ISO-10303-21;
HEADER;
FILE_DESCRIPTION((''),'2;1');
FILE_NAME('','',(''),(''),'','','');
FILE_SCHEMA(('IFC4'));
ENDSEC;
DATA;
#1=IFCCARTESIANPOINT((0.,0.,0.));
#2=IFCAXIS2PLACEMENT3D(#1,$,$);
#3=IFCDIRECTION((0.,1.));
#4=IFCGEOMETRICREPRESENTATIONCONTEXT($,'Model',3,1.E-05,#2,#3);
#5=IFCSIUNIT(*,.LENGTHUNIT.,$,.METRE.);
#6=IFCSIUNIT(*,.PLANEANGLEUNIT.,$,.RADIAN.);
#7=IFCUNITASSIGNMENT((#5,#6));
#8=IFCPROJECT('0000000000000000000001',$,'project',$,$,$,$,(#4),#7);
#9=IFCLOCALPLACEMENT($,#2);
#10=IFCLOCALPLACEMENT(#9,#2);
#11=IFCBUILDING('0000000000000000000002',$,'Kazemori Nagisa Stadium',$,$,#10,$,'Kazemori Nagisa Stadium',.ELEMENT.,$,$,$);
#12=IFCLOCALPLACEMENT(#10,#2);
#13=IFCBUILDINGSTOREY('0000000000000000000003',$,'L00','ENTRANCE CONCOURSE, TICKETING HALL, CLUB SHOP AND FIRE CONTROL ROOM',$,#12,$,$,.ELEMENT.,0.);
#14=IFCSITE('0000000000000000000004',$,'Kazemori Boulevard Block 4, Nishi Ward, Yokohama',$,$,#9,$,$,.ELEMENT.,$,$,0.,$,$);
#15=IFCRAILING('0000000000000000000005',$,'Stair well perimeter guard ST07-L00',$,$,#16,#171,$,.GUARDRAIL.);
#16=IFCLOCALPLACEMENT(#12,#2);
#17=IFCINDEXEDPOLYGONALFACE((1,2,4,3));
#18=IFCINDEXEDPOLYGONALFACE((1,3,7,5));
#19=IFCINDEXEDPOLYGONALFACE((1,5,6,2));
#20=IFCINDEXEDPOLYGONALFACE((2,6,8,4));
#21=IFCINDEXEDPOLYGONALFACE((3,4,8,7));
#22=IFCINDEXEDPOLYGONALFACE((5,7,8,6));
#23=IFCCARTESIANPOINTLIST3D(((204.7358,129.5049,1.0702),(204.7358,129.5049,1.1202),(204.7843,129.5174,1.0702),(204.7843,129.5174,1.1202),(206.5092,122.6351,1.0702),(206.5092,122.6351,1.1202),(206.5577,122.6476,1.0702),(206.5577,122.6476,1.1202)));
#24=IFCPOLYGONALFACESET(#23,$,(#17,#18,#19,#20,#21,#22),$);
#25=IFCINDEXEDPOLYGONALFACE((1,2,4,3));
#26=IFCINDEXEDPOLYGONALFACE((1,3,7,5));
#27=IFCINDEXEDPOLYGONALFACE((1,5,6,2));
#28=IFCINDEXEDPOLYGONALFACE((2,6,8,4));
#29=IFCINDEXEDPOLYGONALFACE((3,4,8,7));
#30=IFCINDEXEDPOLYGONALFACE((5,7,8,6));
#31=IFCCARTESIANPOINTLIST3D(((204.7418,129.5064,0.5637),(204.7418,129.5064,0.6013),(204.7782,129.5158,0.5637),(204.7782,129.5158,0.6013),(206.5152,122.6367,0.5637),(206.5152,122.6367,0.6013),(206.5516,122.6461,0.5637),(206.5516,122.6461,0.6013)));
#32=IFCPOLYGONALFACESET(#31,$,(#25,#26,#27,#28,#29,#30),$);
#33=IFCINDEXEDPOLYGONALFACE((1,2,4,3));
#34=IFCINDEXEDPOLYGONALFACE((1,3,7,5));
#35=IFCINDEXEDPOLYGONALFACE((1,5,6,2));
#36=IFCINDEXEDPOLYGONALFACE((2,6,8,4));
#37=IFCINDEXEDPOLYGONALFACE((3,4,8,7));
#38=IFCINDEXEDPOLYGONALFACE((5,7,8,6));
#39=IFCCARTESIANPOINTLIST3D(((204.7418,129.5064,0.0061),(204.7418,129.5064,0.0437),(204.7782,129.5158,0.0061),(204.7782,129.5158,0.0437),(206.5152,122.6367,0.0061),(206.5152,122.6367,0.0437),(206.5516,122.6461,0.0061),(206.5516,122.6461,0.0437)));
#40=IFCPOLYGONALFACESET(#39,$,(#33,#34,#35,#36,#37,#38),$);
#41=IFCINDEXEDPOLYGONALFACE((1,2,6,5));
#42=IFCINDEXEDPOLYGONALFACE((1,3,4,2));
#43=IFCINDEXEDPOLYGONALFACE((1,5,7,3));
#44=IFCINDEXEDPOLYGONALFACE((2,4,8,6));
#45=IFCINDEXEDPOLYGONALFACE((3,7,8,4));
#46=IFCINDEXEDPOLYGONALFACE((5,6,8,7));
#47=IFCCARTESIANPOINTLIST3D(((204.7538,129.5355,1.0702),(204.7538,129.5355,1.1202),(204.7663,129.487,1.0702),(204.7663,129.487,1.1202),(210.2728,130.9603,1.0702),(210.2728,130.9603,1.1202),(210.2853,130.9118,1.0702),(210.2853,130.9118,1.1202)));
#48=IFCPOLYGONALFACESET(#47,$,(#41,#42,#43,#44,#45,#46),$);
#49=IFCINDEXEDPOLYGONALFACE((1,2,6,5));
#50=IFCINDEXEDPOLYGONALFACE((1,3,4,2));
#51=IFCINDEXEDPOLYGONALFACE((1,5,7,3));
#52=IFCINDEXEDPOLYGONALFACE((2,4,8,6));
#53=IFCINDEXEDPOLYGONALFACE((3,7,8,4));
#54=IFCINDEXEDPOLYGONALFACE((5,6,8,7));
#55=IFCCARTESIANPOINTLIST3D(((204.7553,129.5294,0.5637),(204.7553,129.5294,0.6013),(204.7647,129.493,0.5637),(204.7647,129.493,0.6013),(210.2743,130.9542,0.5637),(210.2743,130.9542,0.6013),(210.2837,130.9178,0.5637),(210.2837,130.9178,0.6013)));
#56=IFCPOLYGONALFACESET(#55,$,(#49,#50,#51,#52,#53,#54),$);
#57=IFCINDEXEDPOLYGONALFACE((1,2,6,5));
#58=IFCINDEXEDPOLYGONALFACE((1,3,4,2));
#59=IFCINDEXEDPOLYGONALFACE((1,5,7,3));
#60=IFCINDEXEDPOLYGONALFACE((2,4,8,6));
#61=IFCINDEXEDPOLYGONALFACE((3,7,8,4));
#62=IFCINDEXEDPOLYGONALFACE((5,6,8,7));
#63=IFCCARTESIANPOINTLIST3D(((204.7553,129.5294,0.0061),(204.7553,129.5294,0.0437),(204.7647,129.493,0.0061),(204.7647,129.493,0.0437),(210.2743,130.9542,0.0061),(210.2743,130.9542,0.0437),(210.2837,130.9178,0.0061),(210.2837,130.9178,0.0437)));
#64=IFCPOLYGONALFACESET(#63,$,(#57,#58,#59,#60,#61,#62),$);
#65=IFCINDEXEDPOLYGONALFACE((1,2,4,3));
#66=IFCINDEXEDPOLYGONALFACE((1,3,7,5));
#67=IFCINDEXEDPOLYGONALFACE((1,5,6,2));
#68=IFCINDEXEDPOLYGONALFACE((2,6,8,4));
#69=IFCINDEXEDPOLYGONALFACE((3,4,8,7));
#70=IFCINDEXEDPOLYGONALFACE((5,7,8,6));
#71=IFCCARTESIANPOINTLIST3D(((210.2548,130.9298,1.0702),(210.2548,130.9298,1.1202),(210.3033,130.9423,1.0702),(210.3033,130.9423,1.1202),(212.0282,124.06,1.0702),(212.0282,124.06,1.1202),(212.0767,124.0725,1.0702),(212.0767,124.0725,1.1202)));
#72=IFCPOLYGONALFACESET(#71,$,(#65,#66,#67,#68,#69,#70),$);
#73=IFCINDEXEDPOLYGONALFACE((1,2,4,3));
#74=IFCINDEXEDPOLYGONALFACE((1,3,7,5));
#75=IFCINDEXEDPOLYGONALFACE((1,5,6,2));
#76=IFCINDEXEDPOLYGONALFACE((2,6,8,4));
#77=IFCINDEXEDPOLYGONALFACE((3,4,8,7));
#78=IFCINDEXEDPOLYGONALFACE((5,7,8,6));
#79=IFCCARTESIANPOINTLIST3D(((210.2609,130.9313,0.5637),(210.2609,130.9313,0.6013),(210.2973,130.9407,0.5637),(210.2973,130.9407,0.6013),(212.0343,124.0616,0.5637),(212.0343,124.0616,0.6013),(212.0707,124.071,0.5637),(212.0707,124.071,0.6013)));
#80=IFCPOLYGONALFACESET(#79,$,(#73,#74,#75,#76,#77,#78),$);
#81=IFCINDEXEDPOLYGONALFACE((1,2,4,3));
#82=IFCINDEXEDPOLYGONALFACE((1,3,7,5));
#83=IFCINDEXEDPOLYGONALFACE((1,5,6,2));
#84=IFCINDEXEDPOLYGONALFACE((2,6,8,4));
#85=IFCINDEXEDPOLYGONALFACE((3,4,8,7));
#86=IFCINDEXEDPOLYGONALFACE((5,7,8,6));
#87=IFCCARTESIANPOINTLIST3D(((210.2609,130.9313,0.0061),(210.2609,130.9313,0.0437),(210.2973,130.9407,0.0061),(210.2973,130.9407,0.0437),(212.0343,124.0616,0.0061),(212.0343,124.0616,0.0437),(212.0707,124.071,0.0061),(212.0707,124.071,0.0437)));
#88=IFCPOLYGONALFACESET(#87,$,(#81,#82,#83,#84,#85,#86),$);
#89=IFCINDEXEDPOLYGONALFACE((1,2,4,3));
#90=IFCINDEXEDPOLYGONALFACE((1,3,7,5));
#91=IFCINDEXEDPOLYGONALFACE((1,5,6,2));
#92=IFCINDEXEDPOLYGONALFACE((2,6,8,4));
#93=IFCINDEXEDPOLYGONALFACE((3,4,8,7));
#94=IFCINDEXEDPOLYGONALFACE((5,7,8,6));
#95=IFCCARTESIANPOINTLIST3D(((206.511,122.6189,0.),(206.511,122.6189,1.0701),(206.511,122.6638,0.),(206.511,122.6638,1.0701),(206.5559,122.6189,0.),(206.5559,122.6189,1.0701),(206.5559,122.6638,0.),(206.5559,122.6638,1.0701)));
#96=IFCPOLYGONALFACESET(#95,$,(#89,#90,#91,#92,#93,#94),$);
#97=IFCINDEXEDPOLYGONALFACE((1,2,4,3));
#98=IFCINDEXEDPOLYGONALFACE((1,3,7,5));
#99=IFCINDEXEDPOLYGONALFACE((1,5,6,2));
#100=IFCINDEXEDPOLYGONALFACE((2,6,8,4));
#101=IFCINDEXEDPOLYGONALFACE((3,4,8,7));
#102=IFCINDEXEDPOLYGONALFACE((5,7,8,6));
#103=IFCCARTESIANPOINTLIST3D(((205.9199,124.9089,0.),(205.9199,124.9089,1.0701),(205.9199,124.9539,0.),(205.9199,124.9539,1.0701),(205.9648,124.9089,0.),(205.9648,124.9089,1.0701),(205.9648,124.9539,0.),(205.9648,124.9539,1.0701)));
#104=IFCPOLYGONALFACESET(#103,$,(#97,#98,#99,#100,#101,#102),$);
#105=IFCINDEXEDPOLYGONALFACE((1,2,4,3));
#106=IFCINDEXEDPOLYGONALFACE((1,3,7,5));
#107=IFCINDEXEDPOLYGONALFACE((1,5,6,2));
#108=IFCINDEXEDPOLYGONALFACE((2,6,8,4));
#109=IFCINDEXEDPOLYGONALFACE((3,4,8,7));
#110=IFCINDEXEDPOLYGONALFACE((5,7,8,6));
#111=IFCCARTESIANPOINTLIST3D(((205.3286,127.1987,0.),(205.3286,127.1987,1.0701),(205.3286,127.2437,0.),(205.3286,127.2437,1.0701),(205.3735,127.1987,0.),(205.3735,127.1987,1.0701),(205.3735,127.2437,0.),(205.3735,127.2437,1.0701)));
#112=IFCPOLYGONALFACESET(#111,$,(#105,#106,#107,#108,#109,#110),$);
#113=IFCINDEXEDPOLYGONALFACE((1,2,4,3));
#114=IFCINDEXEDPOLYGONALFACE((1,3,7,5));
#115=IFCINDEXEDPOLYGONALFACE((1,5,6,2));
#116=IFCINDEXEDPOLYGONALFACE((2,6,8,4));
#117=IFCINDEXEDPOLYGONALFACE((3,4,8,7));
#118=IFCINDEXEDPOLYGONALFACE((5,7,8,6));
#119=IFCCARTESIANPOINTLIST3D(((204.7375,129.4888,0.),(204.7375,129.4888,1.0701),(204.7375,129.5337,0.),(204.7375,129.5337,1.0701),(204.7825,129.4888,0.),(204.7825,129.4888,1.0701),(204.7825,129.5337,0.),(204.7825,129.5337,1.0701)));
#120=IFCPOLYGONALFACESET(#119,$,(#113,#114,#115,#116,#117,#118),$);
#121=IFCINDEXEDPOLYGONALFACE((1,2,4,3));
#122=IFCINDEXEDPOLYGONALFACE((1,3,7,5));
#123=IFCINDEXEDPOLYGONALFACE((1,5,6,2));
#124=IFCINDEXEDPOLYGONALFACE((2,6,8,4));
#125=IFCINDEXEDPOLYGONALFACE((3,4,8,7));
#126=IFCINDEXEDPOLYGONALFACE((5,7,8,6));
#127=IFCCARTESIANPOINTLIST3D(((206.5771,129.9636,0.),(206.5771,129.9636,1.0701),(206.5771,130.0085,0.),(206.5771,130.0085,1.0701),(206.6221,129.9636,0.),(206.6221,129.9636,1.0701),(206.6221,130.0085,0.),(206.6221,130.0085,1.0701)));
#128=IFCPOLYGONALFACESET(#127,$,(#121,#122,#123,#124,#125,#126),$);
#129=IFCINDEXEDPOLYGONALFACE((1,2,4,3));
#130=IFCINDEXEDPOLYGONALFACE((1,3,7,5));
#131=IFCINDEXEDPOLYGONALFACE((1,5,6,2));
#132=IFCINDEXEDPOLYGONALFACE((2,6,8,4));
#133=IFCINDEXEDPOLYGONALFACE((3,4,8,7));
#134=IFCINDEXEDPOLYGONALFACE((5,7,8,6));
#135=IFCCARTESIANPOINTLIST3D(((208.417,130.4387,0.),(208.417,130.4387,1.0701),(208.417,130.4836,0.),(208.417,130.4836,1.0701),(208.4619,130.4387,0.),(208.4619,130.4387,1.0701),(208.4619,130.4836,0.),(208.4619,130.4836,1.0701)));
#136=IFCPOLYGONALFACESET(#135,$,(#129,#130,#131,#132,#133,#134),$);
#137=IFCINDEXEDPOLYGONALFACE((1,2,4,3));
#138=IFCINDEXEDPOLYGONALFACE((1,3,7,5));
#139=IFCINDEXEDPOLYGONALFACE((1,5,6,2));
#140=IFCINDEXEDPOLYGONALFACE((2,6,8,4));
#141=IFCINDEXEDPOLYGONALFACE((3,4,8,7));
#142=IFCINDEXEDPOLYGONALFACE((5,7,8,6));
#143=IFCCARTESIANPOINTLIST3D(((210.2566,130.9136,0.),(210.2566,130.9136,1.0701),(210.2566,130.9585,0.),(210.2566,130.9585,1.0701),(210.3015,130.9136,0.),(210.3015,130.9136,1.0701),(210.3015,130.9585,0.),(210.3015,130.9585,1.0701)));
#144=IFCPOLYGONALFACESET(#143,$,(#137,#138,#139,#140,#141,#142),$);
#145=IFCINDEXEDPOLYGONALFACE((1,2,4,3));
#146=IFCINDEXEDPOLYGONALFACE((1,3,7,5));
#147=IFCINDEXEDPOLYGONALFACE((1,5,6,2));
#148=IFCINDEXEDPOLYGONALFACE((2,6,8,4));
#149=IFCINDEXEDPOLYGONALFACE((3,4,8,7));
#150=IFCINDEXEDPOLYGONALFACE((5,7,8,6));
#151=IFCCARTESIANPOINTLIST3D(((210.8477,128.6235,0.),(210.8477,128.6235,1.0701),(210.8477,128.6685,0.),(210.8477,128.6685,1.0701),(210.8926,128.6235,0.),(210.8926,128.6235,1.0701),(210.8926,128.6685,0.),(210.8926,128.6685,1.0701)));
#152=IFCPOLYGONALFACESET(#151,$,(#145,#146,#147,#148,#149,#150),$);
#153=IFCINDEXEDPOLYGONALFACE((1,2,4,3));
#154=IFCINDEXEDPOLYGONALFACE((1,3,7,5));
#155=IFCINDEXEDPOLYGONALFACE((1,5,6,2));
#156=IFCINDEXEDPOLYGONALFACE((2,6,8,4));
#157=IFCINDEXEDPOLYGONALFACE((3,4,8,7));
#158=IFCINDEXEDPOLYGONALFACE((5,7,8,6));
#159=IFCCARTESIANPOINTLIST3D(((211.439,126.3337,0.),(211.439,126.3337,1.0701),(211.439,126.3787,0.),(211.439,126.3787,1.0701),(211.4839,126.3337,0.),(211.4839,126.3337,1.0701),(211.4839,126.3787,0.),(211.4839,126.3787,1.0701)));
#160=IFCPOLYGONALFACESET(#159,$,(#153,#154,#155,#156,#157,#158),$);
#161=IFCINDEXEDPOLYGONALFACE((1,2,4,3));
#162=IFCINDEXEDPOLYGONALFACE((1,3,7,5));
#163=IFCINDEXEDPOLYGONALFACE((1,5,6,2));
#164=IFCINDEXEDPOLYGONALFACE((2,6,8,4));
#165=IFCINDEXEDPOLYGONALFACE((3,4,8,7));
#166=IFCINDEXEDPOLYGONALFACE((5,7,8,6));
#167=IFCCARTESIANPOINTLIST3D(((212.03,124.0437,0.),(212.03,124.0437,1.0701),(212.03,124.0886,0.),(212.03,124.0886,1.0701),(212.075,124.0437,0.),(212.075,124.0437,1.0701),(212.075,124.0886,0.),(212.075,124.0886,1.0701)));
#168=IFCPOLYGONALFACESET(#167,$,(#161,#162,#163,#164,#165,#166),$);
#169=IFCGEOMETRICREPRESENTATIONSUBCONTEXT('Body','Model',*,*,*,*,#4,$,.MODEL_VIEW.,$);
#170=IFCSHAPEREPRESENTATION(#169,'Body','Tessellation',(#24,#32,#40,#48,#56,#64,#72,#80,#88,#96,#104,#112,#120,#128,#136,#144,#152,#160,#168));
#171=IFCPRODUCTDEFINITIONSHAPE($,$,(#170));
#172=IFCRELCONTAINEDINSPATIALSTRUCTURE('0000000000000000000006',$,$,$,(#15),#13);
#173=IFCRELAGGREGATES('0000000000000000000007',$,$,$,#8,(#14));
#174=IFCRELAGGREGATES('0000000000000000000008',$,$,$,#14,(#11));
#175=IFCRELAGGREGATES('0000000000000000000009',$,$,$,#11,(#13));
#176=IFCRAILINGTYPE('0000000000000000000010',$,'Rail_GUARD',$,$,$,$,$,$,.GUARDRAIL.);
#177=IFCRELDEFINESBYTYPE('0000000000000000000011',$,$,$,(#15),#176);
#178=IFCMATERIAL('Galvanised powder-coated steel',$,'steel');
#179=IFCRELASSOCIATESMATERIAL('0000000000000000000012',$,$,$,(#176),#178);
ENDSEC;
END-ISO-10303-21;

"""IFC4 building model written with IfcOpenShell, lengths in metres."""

from ifc_helpers import new_model, si_unit, direction, frame, origin, origin_2d, place, context, subcontext, project, spatial, rectangle, extrude, material, type_object, element, save


model = new_model("IFC4")

# Units and contexts
model_context = context("Model", 3, precision=1e-05, world=origin(), true_north=direction((0.0, 1.0)))
body_context = subcontext(model_context, "Body", "Model", "MODEL_VIEW")
ifc_project = project(units=[si_unit("LENGTHUNIT", "METRE"), si_unit("PLANEANGLEUNIT", "RADIAN")], contexts=[model_context])

# Site, building, storey
site_placement = place(None, origin())
site = spatial("IfcSite", under=ifc_project, at=site_placement, Name="Kazemori Boulevard Block 4, Nishi Ward, Yokohama", CompositionType="ELEMENT", RefElevation=0.0)
building_placement = place(site_placement, origin())
building = spatial("IfcBuilding", under=site, at=building_placement, Name="Kazemori Nagisa Stadium", LongName="Kazemori Nagisa Stadium", CompositionType="ELEMENT")
storey_placement = place(building_placement, origin())
storey = spatial("IfcBuildingStorey", under=building, at=storey_placement, Name="L00", Description="ENTRANCE CONCOURSE, TICKETING HALL, CLUB SHOP AND FIRE CONTROL ROOM", CompositionType="ELEMENT", Elevation=0.0)

# Railing
ifc_material_1 = material(Name="Galvanised powder-coated steel", Category="steel")
railing_type_1 = type_object("IfcRailingType", Name="Rail_GUARD", PredefinedType="GUARDRAIL", material=ifc_material_1)
railing_1_placement = place(storey_placement, frame((206.5334, 122.6414, 0.0)))
element("IfcRailing", 1, at=railing_1_placement, inside=storey, type_object=railing_type_1, Name="Stair well perimeter guard ST07-L00", PredefinedType="GUARDRAIL", context=body_context, shape_type="SweptSolid", body=[
    extrude(rectangle(XDim=0.05, YDim=0.05, at=origin_2d()), frame((0.0, 0.0, 1.0952), z_axis=(-0.249953, 0.968258, 0.0), x_axis=(-0.968258, -0.249953, 0.0)), (0.0, 0.0, 1.0), 7.095),
    extrude(rectangle(XDim=0.0376, YDim=0.0376, at=origin_2d()), frame((0.0, 0.0, 0.5825), z_axis=(-0.249953, 0.968258, 0.0), x_axis=(-0.968258, -0.249953, 0.0)), (0.0, 0.0, 1.0), 7.095),
    extrude(rectangle(XDim=0.0376, YDim=0.0376, at=origin_2d()), frame((0.0, 0.0, 0.0249), z_axis=(-0.249953, 0.968258, 0.0), x_axis=(-0.968258, -0.249953, 0.0)), (0.0, 0.0, 1.0), 7.095),
    extrude(rectangle(XDim=0.05, YDim=0.05, at=origin_2d()), frame((-1.7734, 6.8699, 1.0952), z_axis=(0.968255, 0.249966, 0.0), x_axis=(-0.249966, 0.968255, 0.0)), (0.0, 0.0, 1.0), 5.7),
    extrude(rectangle(XDim=0.0376, YDim=0.0376, at=origin_2d()), frame((-1.7734, 6.8699, 0.5825), z_axis=(0.968255, 0.249966, 0.0), x_axis=(-0.249966, 0.968255, 0.0)), (0.0, 0.0, 1.0), 5.7),
    extrude(rectangle(XDim=0.0376, YDim=0.0376, at=origin_2d()), frame((-1.7734, 6.8699, 0.0249), z_axis=(0.968255, 0.249966, 0.0), x_axis=(-0.249966, 0.968255, 0.0)), (0.0, 0.0, 1.0), 5.7),
    extrude(rectangle(XDim=0.05, YDim=0.05, at=origin_2d()), frame((3.7456, 8.2947, 1.0952), z_axis=(0.249953, -0.968258, 0.0), x_axis=(0.968258, 0.249953, 0.0)), (0.0, 0.0, 1.0), 7.095),
    extrude(rectangle(XDim=0.0376, YDim=0.0376, at=origin_2d()), frame((3.7456, 8.2947, 0.5825), z_axis=(0.249953, -0.968258, 0.0), x_axis=(0.968258, 0.249953, 0.0)), (0.0, 0.0, 1.0), 7.095),
    extrude(rectangle(XDim=0.0376, YDim=0.0376, at=origin_2d()), frame((3.7456, 8.2947, 0.0249), z_axis=(0.249953, -0.968258, 0.0), x_axis=(0.968258, 0.249953, 0.0)), (0.0, 0.0, 1.0), 7.095),
    extrude(rectangle(XDim=0.0449, YDim=0.0449, at=origin_2d()), origin(), (0.0, 0.0, 1.0), 1.0701),
    extrude(rectangle(XDim=0.0449, YDim=0.0449, at=origin_2d()), frame((-0.5911, 2.29, 0.0)), (0.0, 0.0, 1.0), 1.0701),
    extrude(rectangle(XDim=0.0449, YDim=0.0449, at=origin_2d()), frame((-1.1824, 4.5798, 0.0)), (0.0, 0.0, 1.0), 1.0701),
    extrude(rectangle(XDim=0.0449, YDim=0.0449, at=origin_2d()), frame((-1.7734, 6.8699, 0.0)), (0.0, 0.0, 1.0), 1.0701),
    extrude(rectangle(XDim=0.0449, YDim=0.0449, at=origin_2d()), frame((0.0662, 7.3447, 0.0)), (0.0, 0.0, 1.0), 1.0701),
    extrude(rectangle(XDim=0.0449, YDim=0.0449, at=origin_2d()), frame((1.906, 7.8198, 0.0)), (0.0, 0.0, 1.0), 1.0701),
    extrude(rectangle(XDim=0.0449, YDim=0.0449, at=origin_2d()), frame((3.7456, 8.2947, 0.0)), (0.0, 0.0, 1.0), 1.0701),
    extrude(rectangle(XDim=0.0449, YDim=0.0449, at=origin_2d()), frame((4.3367, 6.0046, 0.0)), (0.0, 0.0, 1.0), 1.0701),
    extrude(rectangle(XDim=0.0449, YDim=0.0449, at=origin_2d()), frame((4.928, 3.7148, 0.0)), (0.0, 0.0, 1.0), 1.0701),
    extrude(rectangle(XDim=0.0449, YDim=0.0449, at=origin_2d()), frame((5.519, 1.4248, 0.0)), (0.0, 0.0, 1.0), 1.0701),
])

save(model, "model.ifc")
